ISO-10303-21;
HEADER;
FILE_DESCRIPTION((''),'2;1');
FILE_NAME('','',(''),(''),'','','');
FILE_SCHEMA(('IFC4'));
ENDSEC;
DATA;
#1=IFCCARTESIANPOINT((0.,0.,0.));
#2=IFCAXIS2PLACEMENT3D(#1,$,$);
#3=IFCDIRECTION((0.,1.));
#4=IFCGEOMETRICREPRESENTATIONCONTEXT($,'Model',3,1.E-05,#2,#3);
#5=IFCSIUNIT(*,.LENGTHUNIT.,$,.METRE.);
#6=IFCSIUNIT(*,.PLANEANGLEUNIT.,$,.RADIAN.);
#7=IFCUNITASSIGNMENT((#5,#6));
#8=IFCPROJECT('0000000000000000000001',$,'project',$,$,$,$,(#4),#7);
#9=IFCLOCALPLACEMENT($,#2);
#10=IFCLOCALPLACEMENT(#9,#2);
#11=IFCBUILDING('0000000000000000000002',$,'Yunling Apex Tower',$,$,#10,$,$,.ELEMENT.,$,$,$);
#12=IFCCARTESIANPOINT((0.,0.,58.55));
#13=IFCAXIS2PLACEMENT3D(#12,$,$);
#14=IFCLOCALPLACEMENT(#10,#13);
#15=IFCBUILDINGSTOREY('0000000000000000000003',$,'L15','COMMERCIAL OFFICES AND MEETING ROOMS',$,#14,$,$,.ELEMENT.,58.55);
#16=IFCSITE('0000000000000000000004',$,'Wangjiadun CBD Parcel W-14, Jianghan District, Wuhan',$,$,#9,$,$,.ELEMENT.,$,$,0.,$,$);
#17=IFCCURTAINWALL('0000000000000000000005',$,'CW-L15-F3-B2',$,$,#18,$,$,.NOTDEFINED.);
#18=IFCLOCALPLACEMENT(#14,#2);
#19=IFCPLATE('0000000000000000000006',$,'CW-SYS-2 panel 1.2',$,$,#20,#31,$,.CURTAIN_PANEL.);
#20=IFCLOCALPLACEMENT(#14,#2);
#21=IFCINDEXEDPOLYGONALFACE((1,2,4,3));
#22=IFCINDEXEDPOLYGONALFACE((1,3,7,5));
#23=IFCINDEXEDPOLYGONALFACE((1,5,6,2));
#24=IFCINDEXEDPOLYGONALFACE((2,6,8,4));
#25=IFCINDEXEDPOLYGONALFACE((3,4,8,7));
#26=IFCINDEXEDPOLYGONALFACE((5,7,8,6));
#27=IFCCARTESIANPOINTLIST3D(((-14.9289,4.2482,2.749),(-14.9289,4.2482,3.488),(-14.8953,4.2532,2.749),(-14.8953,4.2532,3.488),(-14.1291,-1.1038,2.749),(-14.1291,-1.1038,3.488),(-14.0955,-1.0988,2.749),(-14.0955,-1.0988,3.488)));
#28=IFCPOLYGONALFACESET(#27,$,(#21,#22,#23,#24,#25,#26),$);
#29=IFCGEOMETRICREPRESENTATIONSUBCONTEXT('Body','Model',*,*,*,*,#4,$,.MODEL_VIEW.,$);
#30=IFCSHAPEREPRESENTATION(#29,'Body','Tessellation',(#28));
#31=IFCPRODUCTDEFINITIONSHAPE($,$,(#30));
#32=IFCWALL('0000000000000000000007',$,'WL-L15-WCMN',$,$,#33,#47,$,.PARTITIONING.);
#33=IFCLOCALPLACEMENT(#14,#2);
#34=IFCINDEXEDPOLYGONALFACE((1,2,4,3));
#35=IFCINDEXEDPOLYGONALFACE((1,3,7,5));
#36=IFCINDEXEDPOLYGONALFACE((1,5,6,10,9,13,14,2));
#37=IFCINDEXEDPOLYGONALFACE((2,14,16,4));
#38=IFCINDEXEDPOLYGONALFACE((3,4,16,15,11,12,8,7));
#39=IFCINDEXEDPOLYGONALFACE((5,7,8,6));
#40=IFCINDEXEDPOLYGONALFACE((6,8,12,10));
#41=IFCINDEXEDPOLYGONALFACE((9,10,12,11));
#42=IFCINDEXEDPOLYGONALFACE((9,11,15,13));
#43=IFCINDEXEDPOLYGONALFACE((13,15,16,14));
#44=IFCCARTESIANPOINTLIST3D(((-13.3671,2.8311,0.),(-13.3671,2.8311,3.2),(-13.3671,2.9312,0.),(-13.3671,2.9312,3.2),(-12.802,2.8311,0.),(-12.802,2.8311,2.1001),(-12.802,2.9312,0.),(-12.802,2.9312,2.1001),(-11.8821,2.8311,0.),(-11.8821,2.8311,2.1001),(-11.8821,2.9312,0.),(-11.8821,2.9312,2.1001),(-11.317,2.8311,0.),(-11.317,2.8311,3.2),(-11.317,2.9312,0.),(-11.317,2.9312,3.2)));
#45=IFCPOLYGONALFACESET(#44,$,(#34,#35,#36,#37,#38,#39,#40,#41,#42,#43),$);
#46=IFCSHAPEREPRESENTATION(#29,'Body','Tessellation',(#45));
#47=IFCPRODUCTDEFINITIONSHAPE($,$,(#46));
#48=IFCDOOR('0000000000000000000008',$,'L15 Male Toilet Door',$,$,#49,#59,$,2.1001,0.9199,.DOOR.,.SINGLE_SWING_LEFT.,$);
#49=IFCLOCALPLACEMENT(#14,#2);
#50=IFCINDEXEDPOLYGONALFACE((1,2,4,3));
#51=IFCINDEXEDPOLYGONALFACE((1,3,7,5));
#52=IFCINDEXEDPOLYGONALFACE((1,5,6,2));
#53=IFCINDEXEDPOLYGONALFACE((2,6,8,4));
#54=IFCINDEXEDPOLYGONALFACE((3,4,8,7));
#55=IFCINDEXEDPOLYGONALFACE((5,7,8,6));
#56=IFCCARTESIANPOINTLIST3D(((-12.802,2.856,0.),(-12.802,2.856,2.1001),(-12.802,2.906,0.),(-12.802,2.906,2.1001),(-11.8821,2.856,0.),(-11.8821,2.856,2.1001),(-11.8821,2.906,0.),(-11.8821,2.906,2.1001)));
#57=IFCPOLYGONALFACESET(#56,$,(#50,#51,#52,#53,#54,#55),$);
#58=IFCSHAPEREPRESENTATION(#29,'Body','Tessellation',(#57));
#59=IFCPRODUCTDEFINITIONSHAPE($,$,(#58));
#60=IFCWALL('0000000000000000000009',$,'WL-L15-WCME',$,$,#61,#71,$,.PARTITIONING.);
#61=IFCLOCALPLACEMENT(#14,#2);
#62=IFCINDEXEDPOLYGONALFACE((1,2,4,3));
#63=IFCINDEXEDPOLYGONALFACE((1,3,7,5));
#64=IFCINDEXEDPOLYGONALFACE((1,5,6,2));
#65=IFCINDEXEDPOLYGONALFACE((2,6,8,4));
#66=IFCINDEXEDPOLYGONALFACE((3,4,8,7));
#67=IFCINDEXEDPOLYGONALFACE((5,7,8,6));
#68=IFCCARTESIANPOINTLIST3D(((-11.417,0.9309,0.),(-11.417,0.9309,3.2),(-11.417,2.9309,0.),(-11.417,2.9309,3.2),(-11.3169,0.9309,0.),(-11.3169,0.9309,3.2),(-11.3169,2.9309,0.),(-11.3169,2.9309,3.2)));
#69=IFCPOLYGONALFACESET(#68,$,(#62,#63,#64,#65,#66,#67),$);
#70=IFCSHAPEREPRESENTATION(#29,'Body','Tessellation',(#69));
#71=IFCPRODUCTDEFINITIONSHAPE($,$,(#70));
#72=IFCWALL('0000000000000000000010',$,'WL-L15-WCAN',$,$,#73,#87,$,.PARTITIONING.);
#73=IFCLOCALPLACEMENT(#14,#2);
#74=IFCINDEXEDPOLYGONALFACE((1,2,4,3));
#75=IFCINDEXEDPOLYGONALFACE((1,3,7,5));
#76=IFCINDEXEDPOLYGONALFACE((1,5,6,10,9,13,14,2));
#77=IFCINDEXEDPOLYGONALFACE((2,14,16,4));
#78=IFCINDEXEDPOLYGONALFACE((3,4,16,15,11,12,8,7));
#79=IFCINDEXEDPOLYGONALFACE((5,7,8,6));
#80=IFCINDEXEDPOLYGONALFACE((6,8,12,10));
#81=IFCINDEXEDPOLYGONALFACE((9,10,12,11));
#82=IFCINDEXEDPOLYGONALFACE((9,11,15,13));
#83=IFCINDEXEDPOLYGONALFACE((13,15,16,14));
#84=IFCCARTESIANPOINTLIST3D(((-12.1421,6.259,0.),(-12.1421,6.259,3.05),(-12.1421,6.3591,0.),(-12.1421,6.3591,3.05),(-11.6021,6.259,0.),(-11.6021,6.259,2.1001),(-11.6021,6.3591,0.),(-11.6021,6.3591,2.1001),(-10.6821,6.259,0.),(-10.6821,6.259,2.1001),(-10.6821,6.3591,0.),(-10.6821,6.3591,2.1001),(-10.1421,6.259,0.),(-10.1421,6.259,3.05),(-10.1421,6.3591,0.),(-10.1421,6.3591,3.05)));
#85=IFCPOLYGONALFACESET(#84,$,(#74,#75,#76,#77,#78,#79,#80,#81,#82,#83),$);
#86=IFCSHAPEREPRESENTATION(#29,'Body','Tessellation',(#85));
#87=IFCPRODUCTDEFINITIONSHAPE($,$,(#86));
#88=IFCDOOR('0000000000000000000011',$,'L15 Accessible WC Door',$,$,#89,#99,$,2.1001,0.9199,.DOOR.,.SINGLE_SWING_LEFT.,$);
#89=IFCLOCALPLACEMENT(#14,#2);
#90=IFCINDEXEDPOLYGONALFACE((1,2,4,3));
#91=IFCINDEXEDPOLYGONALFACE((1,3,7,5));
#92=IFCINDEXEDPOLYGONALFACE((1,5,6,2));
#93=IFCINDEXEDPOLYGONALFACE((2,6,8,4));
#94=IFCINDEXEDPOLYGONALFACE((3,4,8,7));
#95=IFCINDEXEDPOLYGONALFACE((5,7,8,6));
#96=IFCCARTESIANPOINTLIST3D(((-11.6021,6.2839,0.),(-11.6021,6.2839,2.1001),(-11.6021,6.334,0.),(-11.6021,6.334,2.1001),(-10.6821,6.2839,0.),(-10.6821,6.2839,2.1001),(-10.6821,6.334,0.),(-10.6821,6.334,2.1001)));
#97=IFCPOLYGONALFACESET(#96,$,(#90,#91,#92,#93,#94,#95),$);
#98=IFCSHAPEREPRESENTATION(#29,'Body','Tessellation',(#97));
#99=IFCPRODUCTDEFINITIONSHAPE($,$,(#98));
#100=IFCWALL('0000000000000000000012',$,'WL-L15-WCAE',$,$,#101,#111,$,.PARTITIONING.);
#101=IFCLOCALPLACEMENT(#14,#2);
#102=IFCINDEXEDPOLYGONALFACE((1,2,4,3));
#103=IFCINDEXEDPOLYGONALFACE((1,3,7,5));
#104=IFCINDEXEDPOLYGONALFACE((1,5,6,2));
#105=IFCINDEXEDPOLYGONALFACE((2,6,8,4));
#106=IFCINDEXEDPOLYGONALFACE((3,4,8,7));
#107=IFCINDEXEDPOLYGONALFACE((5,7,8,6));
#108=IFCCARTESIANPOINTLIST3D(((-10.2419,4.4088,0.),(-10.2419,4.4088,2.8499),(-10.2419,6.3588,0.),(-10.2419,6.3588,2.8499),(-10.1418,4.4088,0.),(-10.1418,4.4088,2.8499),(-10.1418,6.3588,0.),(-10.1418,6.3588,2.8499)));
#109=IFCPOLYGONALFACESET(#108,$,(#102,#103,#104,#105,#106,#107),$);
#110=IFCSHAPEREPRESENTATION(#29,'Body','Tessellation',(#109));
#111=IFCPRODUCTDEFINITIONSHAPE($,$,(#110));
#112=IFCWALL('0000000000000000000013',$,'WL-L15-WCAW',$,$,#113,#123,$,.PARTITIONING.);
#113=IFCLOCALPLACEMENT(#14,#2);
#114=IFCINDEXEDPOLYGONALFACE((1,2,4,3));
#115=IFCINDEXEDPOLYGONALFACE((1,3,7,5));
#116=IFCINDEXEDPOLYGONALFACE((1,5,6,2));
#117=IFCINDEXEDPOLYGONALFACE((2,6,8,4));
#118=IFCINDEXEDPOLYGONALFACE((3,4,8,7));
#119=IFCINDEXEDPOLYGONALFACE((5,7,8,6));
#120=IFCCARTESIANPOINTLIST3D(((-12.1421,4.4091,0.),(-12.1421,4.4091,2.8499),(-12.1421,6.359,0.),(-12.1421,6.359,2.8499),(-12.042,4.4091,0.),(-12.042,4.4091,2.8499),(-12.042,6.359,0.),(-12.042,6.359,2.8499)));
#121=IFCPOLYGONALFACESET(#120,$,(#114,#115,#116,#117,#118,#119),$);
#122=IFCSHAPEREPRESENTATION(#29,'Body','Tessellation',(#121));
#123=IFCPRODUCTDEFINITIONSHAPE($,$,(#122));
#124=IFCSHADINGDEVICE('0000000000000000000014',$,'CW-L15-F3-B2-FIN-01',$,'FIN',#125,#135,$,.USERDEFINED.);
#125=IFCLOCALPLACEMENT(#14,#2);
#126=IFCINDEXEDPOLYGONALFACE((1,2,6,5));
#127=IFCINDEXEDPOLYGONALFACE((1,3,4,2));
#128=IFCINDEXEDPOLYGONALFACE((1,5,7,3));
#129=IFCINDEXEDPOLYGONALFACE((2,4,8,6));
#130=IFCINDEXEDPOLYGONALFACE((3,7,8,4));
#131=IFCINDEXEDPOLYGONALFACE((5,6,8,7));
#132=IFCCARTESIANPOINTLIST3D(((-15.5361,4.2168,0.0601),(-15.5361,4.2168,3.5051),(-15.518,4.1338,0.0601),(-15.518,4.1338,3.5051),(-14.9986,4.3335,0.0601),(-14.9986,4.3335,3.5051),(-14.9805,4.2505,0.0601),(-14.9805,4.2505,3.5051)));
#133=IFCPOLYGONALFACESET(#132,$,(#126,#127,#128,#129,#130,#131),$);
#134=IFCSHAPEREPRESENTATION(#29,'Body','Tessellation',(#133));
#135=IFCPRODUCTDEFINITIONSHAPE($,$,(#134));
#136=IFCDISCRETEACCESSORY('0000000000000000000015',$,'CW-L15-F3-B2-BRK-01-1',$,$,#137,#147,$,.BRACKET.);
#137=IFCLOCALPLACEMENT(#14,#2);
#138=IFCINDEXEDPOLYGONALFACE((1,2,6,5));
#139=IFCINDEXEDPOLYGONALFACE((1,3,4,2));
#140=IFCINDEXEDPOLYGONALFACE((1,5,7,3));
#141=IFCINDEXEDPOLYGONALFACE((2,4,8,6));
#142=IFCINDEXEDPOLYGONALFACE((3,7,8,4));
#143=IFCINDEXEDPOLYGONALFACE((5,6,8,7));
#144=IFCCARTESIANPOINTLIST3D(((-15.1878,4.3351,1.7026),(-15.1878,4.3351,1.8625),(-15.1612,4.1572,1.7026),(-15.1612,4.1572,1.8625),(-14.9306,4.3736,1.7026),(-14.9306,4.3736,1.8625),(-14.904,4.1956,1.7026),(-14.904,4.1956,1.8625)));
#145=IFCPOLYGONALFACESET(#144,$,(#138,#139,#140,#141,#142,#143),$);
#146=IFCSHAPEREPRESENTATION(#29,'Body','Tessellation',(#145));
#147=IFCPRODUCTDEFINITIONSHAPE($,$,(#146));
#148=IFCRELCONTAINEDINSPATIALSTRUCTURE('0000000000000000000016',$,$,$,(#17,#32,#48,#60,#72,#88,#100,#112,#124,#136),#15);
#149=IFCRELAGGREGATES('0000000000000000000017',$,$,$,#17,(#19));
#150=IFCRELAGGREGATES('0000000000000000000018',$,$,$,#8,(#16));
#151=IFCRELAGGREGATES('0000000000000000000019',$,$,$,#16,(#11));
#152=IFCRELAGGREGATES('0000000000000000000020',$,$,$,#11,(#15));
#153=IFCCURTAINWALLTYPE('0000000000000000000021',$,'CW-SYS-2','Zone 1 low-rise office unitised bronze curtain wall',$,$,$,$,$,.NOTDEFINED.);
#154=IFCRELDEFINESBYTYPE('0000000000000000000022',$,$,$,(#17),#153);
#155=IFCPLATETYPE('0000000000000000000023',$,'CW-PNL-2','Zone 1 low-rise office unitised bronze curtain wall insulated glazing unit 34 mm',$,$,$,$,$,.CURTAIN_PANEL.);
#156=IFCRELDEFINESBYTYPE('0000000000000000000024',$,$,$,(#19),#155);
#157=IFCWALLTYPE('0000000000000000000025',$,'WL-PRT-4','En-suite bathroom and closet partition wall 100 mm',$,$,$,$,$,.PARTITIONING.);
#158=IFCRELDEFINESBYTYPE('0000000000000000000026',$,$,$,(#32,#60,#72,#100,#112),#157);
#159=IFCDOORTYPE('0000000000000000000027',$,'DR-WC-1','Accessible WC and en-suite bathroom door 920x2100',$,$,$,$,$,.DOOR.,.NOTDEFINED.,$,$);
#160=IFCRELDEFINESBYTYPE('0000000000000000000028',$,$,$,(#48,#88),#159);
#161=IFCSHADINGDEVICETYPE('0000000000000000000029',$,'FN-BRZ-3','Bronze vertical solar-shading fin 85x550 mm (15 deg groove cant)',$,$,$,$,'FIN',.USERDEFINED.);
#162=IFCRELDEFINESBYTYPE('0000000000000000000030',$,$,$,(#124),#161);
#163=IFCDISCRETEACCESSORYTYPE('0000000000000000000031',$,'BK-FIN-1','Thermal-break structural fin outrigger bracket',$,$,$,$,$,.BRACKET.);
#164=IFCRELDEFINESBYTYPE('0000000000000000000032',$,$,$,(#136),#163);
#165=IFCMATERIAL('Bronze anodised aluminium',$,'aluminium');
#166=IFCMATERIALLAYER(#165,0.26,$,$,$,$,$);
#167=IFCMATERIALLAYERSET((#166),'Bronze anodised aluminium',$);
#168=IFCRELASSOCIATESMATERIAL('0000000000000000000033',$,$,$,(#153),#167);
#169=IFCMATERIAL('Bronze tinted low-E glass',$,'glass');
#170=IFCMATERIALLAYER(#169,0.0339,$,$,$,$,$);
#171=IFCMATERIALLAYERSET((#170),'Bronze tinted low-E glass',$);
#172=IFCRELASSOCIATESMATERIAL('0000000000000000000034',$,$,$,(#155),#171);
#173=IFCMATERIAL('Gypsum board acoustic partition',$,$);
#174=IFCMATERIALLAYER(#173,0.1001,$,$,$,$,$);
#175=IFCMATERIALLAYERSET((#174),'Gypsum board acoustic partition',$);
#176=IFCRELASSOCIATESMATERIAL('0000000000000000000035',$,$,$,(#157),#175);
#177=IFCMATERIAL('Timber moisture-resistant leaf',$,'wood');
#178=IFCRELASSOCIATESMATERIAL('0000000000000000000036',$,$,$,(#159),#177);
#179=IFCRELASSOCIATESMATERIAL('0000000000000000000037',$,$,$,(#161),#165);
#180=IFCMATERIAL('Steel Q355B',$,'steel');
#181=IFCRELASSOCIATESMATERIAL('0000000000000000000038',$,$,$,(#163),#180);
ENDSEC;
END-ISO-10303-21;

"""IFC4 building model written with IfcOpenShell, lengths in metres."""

from ifc_helpers import new_model, si_unit, direction, frame, frame_2d, origin, origin_2d, place, context, subcontext, project, spatial, rectangle, extrude, source, transform, mapped, material, layer, layer_set, material_profile, profile_set, type_object, element, fill, aggregate, save


model = new_model("IFC4")

# Units and contexts
model_context = context("Model", 3, precision=1e-05, world=origin(), true_north=direction((0.0, 1.0)))
body_context = subcontext(model_context, "Body", "Model", "MODEL_VIEW")
ifc_project = project(units=[si_unit("LENGTHUNIT", "METRE"), si_unit("PLANEANGLEUNIT", "RADIAN")], contexts=[model_context])

# Site, building, storey
site_placement = place(None, origin())
site = spatial("IfcSite", under=ifc_project, at=site_placement, Name="Wangjiadun CBD Parcel W-14, Jianghan District, Wuhan", CompositionType="ELEMENT", RefElevation=0.0)
building_placement = place(site_placement, origin())
building = spatial("IfcBuilding", under=site, at=building_placement, Name="Yunling Apex Tower", CompositionType="ELEMENT")
storey_placement = place(building_placement, frame((0.0, 0.0, 58.55)))
storey = spatial("IfcBuildingStorey", under=building, at=storey_placement, Name="L15", Description="COMMERCIAL OFFICES AND MEETING ROOMS", CompositionType="ELEMENT", Elevation=58.55)

# Shared definitions
ifc_material_1 = material(Name="Steel Q355B", Category="steel")

# Shared definitions
ifc_material_2 = material(Name="Bronze anodised aluminium", Category="aluminium")
ifc_layer_1 = layer(ifc_material_2, 0.26)
ifc_layer_set_1 = layer_set([ifc_layer_1], Name="Bronze anodised aluminium")
curtain_wall_type = type_object("IfcCurtainWallType", Name="CW-SYS-2", Description="Zone 1 low-rise office unitised bronze curtain wall", PredefinedType="NOTDEFINED", material=ifc_layer_set_1)

# Curtain wall, plate
curtain_wall_1_placement = place(storey_placement, origin())
curtain_wall_1 = element("IfcCurtainWall", 1, at=curtain_wall_1_placement, inside=storey, type_object=curtain_wall_type, Name="CW-L15-F3-B2", PredefinedType="NOTDEFINED")
ifc_material_3 = material(Name="Bronze tinted low-E glass", Category="glass")
ifc_layer_2 = layer(ifc_material_3, 0.0339)
ifc_layer_set_2 = layer_set([ifc_layer_2], Name="Bronze tinted low-E glass")
plate_type = type_object("IfcPlateType", Name="CW-PNL-2", Description="Zone 1 low-rise office unitised bronze curtain wall insulated glazing unit 34 mm", PredefinedType="CURTAIN_PANEL", material=ifc_layer_set_2)
shared_shape_1 = source(origin(), body_context, "Body", "SweptSolid", [
    extrude(rectangle(XDim=5.4114, YDim=0.0339, at=origin_2d()), origin(), (0.0, 0.0, 1.0), 0.739),
])
plate_1_placement = place(storey_placement, frame((-14.5122, 1.5747, 2.749), z_axis=(0.0, 0.0, 1.0), x_axis=(0.147801, -0.989017, 0.0)))
plate_1 = element("IfcPlate", 2, at=plate_1_placement, type_object=plate_type, Name="CW-SYS-2 panel 1.2", PredefinedType="CURTAIN_PANEL", context=body_context, shape_type="MappedRepresentation", body=[
    mapped(shared_shape_1, transform((0.0, 0.0, 0.0), scale=1.0)),
])
aggregate(curtain_wall_1, [plate_1])

# Wall, opening, door
ifc_material_4 = material(Name="Gypsum board acoustic partition")
ifc_layer_3 = layer(ifc_material_4, 0.1001)
ifc_layer_set_3 = layer_set([ifc_layer_3], Name="Gypsum board acoustic partition")
wall_type = type_object("IfcWallType", Name="WL-PRT-4", Description="En-suite bathroom and closet partition wall 100 mm", PredefinedType="PARTITIONING", material=ifc_layer_set_3)
wall_1_placement = place(storey_placement, frame((-13.3669, 2.8811, 0.0), z_axis=(0.0, 0.0, 1.0), x_axis=(1.0, 0.0, 0.0)))
wall_1 = element("IfcWall", 3, at=wall_1_placement, inside=storey, type_object=wall_type, Name="WL-L15-WCMN", PredefinedType="PARTITIONING", context=body_context, shape_type="SweptSolid", body=[
    extrude(rectangle(XDim=2.05, YDim=0.1001, at=frame_2d((1.0249, 0.0))), origin(), (0.0, 0.0, 1.0), 3.2),
])
opening_1_placement = place(wall_1_placement, frame((0.5649, 0.0, 0.0)))
opening_1 = element("IfcOpeningElement", 4, at=opening_1_placement, cuts=wall_1, PredefinedType="OPENING", context=body_context, shape_type="SweptSolid", body=[
    extrude(rectangle(XDim=0.9199, YDim=2.1001, at=frame_2d((0.46, 1.05))), frame((0.0, 0.0601, 0.0), z_axis=(0.0, -1.0, 0.0), x_axis=(1.0, 0.0, 0.0)), (0.0, 0.0, 1.0), 0.1201),
])
ifc_material_5 = material(Name="Timber moisture-resistant leaf", Category="wood")
door_type = type_object("IfcDoorType", Name="DR-WC-1", Description="Accessible WC and en-suite bathroom door 920x2100", OperationType="NOTDEFINED", PredefinedType="DOOR", material=ifc_material_5)
door_1_placement = place(opening_1_placement, origin())
door_1 = element("IfcDoor", 5, at=door_1_placement, inside=storey, type_object=door_type, Name="L15 Male Toilet Door", OperationType="SINGLE_SWING_LEFT", OverallHeight=2.1001, OverallWidth=0.9199, PredefinedType="DOOR", context=body_context, shape_type="SweptSolid", body=[
    extrude(rectangle(XDim=0.9199, YDim=2.1001, at=frame_2d((0.46, 1.05))), frame((0.0, 0.0249, 0.0), z_axis=(0.0, -1.0, 0.0), x_axis=(1.0, 0.0, 0.0)), (0.0, 0.0, 1.0), 0.05),
])
fill(opening_1, door_1)

# Wall
wall_2_placement = place(storey_placement, frame((-11.3669, 2.9309, 0.0), z_axis=(0.0, 0.0, 1.0), x_axis=(0.0, -1.0, 0.0)))
element("IfcWall", 6, at=wall_2_placement, inside=storey, type_object=wall_type, Name="WL-L15-WCME", PredefinedType="PARTITIONING", context=body_context, shape_type="SweptSolid", body=[
    extrude(rectangle(XDim=2.0, YDim=0.1001, at=frame_2d((1.0, 0.0))), origin(), (0.0, 0.0, 1.0), 3.2),
])

# Wall, opening, door
wall_3_placement = place(storey_placement, frame((-12.1421, 6.3091, 0.0), z_axis=(0.0, 0.0, 1.0), x_axis=(1.0, 0.0, 0.0)))
wall_3 = element("IfcWall", 7, at=wall_3_placement, inside=storey, type_object=wall_type, Name="WL-L15-WCAN", PredefinedType="PARTITIONING", context=body_context, shape_type="SweptSolid", body=[
    extrude(rectangle(XDim=2.0, YDim=0.1001, at=frame_2d((1.0, 0.0))), origin(), (0.0, 0.0, 1.0), 3.05),
])
opening_2_placement = place(wall_3_placement, frame((0.54, 0.0, 0.0)))
opening_2 = element("IfcOpeningElement", 8, at=opening_2_placement, cuts=wall_3, PredefinedType="OPENING", context=body_context, shape_type="SweptSolid", body=[
    extrude(rectangle(XDim=0.9199, YDim=2.1001, at=frame_2d((0.46, 1.05))), frame((0.0, 0.0601, 0.0), z_axis=(0.0, -1.0, 0.0), x_axis=(1.0, 0.0, 0.0)), (0.0, 0.0, 1.0), 0.1201),
])
door_2_placement = place(opening_2_placement, origin())
door_2 = element("IfcDoor", 9, at=door_2_placement, inside=storey, type_object=door_type, Name="L15 Accessible WC Door", OperationType="SINGLE_SWING_LEFT", OverallHeight=2.1001, OverallWidth=0.9199, PredefinedType="DOOR", context=body_context, shape_type="SweptSolid", body=[
    extrude(rectangle(XDim=0.9199, YDim=2.1001, at=frame_2d((0.46, 1.05))), frame((0.0, 0.0249, 0.0), z_axis=(0.0, -1.0, 0.0), x_axis=(1.0, 0.0, 0.0)), (0.0, 0.0, 1.0), 0.05),
])
fill(opening_2, door_2)

# Walls
for number, where, z_axis, x_axis, name in (
    (10, (-10.1919, 6.3589, 0.0), (0.0, 0.0, 1.0), (0.0, -1.0, 0.0), "WL-L15-WCAE"),
    (11, (-12.092, 4.4089, 0.0), (0.0, 0.0, 1.0), (0.0, 1.0, 0.0), "WL-L15-WCAW"),
):
    element("IfcWall", number, at=place(storey_placement, frame(where, z_axis=z_axis, x_axis=x_axis)), inside=storey, type_object=wall_type, Name=name, PredefinedType="PARTITIONING", context=body_context, shape_type="SweptSolid", body=[
        extrude(rectangle(XDim=1.95, YDim=0.1001, at=frame_2d((0.9751, 0.0))), origin(), (0.0, 0.0, 1.0), 2.8499),
    ])

# Shading device
ifc_material_profile_1 = material_profile(ifc_material_2, rectangle(XDim=0.085, YDim=0.55, at=origin_2d()))
ifc_profile_set_1 = profile_set([ifc_material_profile_1], Name="Bronze anodised aluminium")
shading_device_type = type_object("IfcShadingDeviceType", Name="FN-BRZ-3", Description="Bronze vertical solar-shading fin 85x550 mm (15 deg groove cant)", ElementType="FIN", PredefinedType="USERDEFINED", material=ifc_profile_set_1)
shared_shape_2 = source(origin(), body_context, "Body", "SweptSolid", [
    extrude(rectangle(XDim=0.085, YDim=0.55, at=origin_2d()), origin(), (0.0, 0.0, 1.0), 3.4451),
])
shading_device_placement = place(storey_placement, frame((-15.2583, 4.2336, 0.0601), z_axis=(0.0, 0.0, 1.0), x_axis=(0.212178, -0.977231, 0.0)))
element("IfcShadingDevice", 12, at=shading_device_placement, inside=storey, type_object=shading_device_type, Name="CW-L15-F3-B2-FIN-01", ObjectType="FIN", PredefinedType="USERDEFINED", context=body_context, shape_type="MappedRepresentation", body=[
    mapped(shared_shape_2, transform((0.0, 0.0, 0.0), scale=1.0)),
])

# Discrete accessory
discrete_accessory_type = type_object("IfcDiscreteAccessoryType", Name="BK-FIN-1", Description="Thermal-break structural fin outrigger bracket", PredefinedType="BRACKET", material=ifc_material_1)
shared_shape_3 = source(origin(), body_context, "Body", "SweptSolid", [
    extrude(rectangle(XDim=0.1799, YDim=0.26, at=origin_2d()), origin(), (0.0, 0.0, 1.0), 0.1599),
])
discrete_accessory_placement = place(storey_placement, frame((-15.0459, 4.2654, 1.7026), z_axis=(0.0, 0.0, 1.0), x_axis=(0.147809, -0.989016, 0.0)))
element("IfcDiscreteAccessory", 13, at=discrete_accessory_placement, inside=storey, type_object=discrete_accessory_type, Name="CW-L15-F3-B2-BRK-01-1", PredefinedType="BRACKET", context=body_context, shape_type="MappedRepresentation", body=[
    mapped(shared_shape_3, transform((0.0, 0.0, 0.0), scale=1.0)),
])

save(model, "model.ifc")
